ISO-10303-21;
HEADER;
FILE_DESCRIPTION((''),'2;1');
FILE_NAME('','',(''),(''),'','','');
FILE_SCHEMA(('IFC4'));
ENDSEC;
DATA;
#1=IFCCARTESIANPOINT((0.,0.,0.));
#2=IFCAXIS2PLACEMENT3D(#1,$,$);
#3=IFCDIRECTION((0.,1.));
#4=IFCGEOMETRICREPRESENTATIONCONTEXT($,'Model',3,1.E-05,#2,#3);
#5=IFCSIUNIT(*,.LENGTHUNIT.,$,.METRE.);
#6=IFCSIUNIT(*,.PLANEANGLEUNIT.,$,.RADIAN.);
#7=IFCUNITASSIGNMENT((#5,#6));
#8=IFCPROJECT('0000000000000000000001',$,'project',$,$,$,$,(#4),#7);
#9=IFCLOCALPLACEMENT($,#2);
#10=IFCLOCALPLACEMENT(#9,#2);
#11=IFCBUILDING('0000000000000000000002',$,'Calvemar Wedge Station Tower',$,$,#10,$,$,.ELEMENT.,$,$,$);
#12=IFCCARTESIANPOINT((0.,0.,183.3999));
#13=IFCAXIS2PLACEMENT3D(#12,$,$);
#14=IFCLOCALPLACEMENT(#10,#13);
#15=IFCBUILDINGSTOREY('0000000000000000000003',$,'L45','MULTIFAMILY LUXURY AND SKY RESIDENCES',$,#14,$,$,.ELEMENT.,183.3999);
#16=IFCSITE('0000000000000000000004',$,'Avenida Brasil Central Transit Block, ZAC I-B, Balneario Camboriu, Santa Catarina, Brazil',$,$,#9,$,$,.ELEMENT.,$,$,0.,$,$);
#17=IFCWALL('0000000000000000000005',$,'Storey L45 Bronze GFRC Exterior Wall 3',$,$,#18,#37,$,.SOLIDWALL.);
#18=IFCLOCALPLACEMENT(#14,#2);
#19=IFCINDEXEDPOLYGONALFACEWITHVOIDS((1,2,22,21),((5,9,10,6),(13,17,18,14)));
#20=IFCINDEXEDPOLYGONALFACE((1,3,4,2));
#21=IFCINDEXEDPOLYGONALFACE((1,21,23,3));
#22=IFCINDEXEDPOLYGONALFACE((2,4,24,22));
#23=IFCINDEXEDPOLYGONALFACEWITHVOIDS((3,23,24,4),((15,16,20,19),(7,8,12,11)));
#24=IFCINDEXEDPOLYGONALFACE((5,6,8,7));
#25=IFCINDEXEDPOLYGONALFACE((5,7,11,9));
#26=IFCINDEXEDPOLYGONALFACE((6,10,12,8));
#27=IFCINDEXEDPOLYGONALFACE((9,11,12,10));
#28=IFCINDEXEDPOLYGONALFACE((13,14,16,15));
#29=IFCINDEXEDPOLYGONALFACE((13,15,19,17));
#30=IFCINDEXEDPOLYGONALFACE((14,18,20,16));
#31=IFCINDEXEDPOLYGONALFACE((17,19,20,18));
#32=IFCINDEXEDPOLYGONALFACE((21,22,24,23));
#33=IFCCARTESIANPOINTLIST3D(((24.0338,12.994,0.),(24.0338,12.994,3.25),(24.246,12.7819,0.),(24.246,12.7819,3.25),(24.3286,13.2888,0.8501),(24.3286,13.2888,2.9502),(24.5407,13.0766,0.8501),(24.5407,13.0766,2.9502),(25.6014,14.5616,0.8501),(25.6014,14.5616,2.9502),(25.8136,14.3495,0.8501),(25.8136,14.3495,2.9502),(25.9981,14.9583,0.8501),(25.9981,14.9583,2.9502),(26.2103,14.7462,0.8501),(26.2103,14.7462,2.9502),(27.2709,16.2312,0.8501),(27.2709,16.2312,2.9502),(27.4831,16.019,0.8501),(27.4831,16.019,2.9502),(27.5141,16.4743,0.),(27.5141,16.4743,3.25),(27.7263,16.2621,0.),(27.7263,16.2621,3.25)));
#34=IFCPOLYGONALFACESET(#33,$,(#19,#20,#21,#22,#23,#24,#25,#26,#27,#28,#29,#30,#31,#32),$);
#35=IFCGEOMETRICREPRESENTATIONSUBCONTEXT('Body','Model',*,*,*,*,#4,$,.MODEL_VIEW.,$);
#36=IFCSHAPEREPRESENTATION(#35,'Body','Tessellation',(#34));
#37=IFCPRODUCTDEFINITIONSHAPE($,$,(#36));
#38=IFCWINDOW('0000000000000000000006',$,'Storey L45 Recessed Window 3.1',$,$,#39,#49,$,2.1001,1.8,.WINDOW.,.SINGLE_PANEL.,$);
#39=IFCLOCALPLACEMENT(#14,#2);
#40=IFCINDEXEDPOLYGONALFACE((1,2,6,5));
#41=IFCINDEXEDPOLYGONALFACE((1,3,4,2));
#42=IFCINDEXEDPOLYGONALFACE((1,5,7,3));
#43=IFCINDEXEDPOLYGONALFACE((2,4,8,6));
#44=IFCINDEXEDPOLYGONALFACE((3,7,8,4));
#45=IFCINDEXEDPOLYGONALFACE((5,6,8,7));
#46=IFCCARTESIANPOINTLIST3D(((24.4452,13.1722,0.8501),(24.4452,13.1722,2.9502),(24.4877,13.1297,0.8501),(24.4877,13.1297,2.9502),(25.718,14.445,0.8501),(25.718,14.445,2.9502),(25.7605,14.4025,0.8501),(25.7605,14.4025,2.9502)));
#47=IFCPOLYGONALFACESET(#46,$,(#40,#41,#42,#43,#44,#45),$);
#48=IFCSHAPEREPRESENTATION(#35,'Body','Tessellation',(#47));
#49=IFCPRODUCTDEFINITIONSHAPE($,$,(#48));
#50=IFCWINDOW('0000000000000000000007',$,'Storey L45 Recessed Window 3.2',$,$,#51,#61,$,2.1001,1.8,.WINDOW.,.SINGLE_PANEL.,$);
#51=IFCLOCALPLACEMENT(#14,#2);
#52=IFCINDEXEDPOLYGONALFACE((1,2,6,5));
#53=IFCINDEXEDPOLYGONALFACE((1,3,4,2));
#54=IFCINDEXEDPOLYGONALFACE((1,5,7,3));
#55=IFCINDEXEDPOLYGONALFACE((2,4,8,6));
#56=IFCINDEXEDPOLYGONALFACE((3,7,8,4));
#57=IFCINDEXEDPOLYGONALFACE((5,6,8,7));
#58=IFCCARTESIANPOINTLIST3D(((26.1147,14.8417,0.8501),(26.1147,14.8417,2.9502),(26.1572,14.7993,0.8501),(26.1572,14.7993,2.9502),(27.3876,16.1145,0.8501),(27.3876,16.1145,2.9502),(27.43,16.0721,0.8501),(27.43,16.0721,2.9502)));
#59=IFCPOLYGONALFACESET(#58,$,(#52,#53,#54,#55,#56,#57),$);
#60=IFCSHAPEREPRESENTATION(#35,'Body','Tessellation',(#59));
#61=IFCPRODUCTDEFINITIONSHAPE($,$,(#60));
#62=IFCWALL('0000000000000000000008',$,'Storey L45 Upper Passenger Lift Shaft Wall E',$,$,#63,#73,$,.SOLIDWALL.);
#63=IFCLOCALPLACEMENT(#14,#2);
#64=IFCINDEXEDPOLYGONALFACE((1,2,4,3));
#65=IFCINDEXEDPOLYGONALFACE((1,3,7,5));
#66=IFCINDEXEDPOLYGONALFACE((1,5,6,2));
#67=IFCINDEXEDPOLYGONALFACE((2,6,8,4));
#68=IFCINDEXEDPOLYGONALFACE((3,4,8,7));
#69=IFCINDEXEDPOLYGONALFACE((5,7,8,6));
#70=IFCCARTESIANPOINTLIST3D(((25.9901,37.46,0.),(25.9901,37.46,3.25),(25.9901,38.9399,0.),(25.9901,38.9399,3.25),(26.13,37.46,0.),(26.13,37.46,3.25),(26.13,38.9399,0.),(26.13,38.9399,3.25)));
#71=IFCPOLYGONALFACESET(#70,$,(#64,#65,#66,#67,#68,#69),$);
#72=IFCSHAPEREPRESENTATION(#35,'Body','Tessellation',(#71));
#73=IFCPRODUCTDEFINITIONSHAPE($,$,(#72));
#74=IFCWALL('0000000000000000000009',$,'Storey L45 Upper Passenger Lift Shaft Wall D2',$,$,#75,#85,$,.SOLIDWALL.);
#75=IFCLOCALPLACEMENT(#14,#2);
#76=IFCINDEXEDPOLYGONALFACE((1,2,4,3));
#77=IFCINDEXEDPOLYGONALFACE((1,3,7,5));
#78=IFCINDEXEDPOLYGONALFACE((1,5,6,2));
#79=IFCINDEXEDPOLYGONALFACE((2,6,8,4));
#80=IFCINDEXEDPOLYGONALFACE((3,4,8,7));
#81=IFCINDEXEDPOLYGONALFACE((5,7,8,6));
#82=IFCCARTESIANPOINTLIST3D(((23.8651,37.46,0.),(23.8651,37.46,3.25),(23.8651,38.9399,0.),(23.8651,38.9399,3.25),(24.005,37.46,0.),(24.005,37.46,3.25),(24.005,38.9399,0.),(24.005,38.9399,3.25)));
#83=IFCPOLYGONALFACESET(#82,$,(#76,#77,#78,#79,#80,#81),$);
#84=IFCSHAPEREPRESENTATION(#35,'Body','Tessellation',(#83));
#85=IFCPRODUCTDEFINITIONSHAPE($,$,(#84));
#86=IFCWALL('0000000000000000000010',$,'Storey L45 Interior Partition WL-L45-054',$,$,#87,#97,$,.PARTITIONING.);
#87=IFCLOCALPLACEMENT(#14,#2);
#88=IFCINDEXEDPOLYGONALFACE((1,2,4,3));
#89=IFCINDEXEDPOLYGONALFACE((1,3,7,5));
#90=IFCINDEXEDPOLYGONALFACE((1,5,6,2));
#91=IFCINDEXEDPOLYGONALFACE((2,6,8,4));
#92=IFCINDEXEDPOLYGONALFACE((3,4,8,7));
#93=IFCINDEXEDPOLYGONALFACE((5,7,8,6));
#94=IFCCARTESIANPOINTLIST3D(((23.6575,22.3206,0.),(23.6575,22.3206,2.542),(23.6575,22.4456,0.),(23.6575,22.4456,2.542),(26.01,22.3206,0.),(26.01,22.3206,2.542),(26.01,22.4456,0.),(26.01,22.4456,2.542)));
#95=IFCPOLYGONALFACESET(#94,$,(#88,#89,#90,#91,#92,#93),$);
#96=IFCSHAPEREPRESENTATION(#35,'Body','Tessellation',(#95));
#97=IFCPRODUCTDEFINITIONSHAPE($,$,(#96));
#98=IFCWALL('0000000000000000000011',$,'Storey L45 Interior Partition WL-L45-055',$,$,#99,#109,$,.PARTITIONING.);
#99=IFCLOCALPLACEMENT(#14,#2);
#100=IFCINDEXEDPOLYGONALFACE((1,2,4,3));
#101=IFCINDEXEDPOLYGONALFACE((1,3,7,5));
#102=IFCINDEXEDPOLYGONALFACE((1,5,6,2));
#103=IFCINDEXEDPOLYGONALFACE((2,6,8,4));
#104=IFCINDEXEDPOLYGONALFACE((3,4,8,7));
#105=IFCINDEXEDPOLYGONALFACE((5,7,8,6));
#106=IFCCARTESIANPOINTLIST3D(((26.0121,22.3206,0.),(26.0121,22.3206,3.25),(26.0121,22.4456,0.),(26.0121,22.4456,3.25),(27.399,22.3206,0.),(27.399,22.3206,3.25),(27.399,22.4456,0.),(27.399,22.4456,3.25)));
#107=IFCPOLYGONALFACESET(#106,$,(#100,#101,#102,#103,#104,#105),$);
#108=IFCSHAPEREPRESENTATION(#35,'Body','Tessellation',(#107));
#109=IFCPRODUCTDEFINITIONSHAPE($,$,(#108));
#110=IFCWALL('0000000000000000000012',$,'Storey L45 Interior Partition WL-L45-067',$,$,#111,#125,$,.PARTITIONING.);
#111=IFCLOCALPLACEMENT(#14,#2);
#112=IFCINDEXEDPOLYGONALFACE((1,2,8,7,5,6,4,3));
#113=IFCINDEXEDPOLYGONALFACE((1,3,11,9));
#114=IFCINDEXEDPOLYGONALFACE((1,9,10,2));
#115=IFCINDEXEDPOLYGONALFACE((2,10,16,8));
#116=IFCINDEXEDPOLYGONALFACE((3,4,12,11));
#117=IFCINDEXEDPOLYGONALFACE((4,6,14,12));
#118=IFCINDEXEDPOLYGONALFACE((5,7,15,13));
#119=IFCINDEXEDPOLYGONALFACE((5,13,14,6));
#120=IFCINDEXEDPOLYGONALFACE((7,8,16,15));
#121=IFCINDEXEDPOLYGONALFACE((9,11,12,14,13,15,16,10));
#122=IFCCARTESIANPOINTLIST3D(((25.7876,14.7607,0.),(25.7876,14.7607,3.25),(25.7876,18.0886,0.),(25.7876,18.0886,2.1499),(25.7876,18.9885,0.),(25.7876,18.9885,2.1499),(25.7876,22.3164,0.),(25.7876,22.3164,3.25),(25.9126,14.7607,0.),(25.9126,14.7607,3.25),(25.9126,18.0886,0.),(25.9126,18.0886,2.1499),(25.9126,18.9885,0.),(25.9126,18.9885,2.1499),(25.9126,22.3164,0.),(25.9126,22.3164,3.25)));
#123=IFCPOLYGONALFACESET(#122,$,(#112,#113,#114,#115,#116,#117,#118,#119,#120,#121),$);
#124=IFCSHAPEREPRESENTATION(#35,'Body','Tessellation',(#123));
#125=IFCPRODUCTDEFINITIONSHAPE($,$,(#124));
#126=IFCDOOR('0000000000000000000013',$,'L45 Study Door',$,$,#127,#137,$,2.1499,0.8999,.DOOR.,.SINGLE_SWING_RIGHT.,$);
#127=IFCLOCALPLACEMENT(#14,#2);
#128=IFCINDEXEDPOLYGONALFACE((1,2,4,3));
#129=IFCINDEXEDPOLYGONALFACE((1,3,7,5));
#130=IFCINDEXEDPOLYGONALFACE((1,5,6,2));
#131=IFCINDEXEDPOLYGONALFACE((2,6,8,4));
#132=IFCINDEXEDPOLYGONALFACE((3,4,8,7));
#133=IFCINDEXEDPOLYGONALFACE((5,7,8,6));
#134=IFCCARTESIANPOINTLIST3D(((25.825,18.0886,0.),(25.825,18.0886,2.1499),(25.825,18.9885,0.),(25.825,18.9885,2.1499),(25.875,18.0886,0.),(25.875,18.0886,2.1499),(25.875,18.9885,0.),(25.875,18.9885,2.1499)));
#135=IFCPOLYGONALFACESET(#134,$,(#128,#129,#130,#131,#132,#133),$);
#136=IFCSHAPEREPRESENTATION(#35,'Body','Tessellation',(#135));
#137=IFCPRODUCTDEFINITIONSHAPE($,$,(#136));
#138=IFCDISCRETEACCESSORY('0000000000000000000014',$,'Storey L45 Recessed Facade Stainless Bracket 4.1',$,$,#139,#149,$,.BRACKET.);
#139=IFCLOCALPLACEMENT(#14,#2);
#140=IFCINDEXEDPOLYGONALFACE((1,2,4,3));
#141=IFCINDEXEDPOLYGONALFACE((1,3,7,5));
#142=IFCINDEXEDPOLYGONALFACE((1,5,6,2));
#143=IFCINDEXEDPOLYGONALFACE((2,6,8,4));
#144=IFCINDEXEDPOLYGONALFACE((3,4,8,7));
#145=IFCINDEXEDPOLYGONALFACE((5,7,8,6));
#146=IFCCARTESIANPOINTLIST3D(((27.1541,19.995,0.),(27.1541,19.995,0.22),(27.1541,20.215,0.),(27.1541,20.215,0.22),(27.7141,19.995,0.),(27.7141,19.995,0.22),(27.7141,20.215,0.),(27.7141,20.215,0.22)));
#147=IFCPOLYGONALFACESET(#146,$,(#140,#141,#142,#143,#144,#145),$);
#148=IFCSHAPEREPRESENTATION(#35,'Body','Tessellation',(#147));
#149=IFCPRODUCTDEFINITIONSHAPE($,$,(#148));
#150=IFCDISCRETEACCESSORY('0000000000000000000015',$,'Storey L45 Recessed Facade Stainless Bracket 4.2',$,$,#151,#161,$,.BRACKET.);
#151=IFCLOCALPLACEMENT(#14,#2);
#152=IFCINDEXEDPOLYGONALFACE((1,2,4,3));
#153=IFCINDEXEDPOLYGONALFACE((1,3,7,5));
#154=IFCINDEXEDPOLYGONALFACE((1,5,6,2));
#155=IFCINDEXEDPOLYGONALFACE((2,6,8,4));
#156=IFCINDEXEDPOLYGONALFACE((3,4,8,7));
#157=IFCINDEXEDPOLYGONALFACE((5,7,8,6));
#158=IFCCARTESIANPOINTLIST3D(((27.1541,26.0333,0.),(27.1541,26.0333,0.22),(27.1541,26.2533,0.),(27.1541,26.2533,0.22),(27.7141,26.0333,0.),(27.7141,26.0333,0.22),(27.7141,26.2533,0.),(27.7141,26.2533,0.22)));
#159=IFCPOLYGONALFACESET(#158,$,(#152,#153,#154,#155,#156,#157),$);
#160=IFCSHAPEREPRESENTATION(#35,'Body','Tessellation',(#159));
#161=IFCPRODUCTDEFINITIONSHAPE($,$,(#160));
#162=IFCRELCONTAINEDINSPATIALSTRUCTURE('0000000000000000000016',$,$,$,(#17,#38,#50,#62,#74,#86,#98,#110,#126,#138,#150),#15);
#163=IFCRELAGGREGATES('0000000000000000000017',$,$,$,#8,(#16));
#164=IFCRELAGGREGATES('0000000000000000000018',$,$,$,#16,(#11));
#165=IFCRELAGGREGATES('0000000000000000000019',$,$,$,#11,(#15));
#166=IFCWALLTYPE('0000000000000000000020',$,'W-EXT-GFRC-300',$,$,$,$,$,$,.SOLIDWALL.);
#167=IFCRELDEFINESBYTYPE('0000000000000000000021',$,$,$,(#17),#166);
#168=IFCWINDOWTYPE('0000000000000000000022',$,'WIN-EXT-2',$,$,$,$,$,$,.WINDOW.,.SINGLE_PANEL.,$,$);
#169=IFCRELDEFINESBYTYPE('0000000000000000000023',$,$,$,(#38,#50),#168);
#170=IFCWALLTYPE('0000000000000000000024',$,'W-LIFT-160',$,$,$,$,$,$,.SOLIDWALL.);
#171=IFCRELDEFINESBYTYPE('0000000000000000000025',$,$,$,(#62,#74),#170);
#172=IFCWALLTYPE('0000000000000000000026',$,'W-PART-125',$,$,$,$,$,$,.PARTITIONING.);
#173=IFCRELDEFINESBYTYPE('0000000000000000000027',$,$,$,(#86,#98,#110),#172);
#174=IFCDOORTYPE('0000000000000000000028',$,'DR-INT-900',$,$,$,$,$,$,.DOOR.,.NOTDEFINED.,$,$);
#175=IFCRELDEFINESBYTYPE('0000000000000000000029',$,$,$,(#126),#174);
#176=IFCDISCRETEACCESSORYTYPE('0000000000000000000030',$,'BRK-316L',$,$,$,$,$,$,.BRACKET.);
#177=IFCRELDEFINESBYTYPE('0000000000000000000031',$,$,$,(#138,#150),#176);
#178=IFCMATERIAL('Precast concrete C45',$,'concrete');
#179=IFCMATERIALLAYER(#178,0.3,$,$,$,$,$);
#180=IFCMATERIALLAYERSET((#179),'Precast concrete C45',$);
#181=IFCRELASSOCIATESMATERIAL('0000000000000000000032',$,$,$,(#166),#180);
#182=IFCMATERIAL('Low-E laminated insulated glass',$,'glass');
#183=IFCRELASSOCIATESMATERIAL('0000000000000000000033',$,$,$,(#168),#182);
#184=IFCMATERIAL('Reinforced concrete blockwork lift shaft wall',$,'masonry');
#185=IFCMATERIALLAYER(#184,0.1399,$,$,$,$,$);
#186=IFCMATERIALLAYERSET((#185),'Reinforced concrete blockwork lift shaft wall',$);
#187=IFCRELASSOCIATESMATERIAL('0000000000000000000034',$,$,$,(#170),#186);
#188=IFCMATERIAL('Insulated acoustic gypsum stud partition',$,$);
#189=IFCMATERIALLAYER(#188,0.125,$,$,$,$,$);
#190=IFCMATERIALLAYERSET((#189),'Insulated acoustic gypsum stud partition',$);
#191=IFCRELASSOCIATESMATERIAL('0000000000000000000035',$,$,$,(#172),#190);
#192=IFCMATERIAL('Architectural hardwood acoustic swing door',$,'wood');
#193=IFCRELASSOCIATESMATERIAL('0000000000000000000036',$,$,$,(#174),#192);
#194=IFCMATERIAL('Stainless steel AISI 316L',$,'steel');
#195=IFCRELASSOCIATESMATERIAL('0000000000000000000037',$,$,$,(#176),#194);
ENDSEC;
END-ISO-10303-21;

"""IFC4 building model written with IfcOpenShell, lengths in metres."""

from ifc_helpers import new_model, si_unit, direction, frame, frame_2d, origin, origin_2d, place, context, subcontext, project, spatial, rectangle, extrude, source, transform, mapped, material, layer, layer_set, type_object, element, fill, save


model = new_model("IFC4")

# Units and contexts
model_context = context("Model", 3, precision=1e-05, world=origin(), true_north=direction((0.0, 1.0)))
body_context = subcontext(model_context, "Body", "Model", "MODEL_VIEW")
ifc_project = project(units=[si_unit("LENGTHUNIT", "METRE"), si_unit("PLANEANGLEUNIT", "RADIAN")], contexts=[model_context])

# Site, building, storey
site_placement = place(None, origin())
site = spatial("IfcSite", under=ifc_project, at=site_placement, Name="Avenida Brasil Central Transit Block, ZAC I-B, Balneario Camboriu, Santa Catarina, Brazil", CompositionType="ELEMENT", RefElevation=0.0)
building_placement = place(site_placement, origin())
building = spatial("IfcBuilding", under=site, at=building_placement, Name="Calvemar Wedge Station Tower", CompositionType="ELEMENT")
storey_placement = place(building_placement, frame((0.0, 0.0, 183.3999)))
storey = spatial("IfcBuildingStorey", under=building, at=storey_placement, Name="L45", Description="MULTIFAMILY LUXURY AND SKY RESIDENCES", CompositionType="ELEMENT", Elevation=183.3999)

# Shared definitions
ifc_material_1 = material(Name="Low-E laminated insulated glass", Category="glass")

# Wall, openings, windows
ifc_material_2 = material(Name="Precast concrete C45", Category="concrete")
ifc_layer_1 = layer(ifc_material_2, 0.3)
ifc_layer_set_1 = layer_set([ifc_layer_1], Name="Precast concrete C45")
wall_type_1 = type_object("IfcWallType", Name="W-EXT-GFRC-300", PredefinedType="SOLIDWALL", material=ifc_layer_set_1)
wall_1_placement = place(storey_placement, frame((24.1399, 12.8879, 0.0), z_axis=(0.0, 0.0, 1.0), x_axis=(0.707107, 0.707107, 0.0)))
wall_1 = element("IfcWall", 1, at=wall_1_placement, inside=storey, type_object=wall_type_1, Name="Storey L45 Bronze GFRC Exterior Wall 3", PredefinedType="SOLIDWALL", context=body_context, shape_type="SweptSolid", body=[
    extrude(rectangle(XDim=4.9219, YDim=0.3, at=frame_2d((2.4609, 0.0))), origin(), (0.0, 0.0, 1.0), 3.25),
])
shared_shape_1 = source(origin(), body_context, "Body", "SweptSolid", [
    extrude(rectangle(XDim=1.8, YDim=2.1001, at=frame_2d((0.8999, 1.05))), frame((0.0, 0.1602, 0.0), z_axis=(0.0, -1.0, 0.0), x_axis=(1.0, 0.0, 0.0)), (0.0, 0.0, 1.0), 0.3201),
])
opening_1_placement = place(wall_1_placement, frame((0.417, 0.0, 0.8501)))
opening_1 = element("IfcOpeningElement", 2, at=opening_1_placement, cuts=wall_1, PredefinedType="OPENING", context=body_context, shape_type="MappedRepresentation", body=[
    mapped(shared_shape_1, transform((0.0, 0.0, 0.0), scale=1.0)),
])
opening_2_placement = place(wall_1_placement, frame((2.7781, 0.0, 0.8501)))
opening_2 = element("IfcOpeningElement", 3, at=opening_2_placement, cuts=wall_1, PredefinedType="OPENING", context=body_context, shape_type="MappedRepresentation", body=[
    mapped(shared_shape_1, transform((0.0, 0.0, 0.0), scale=1.0)),
])
window_type = type_object("IfcWindowType", Name="WIN-EXT-2", PartitioningType="SINGLE_PANEL", PredefinedType="WINDOW", material=ifc_material_1)
shared_shape_2 = source(origin(), body_context, "Body", "SweptSolid", [
    extrude(rectangle(XDim=1.8, YDim=2.1001, at=frame_2d((0.8999, 1.05))), frame((0.0, -0.0149, 0.0), z_axis=(0.0, -1.0, 0.0), x_axis=(1.0, 0.0, 0.0)), (0.0, 0.0, 1.0), 0.0601),
])
window_1_placement = place(opening_1_placement, origin())
window_1 = element("IfcWindow", 4, at=window_1_placement, inside=storey, type_object=window_type, Name="Storey L45 Recessed Window 3.1", OverallHeight=2.1001, OverallWidth=1.8, PartitioningType="SINGLE_PANEL", PredefinedType="WINDOW", context=body_context, shape_type="MappedRepresentation", body=[
    mapped(shared_shape_2, transform((0.0, 0.0, 0.0), scale=1.0)),
])
fill(opening_1, window_1)
window_2_placement = place(opening_2_placement, origin())
window_2 = element("IfcWindow", 5, at=window_2_placement, inside=storey, type_object=window_type, Name="Storey L45 Recessed Window 3.2", OverallHeight=2.1001, OverallWidth=1.8, PartitioningType="SINGLE_PANEL", PredefinedType="WINDOW", context=body_context, shape_type="MappedRepresentation", body=[
    mapped(shared_shape_2, transform((0.0, 0.0, 0.0), scale=1.0)),
])
fill(opening_2, window_2)

# Walls
ifc_material_3 = material(Name="Reinforced concrete blockwork lift shaft wall", Category="masonry")
ifc_layer_2 = layer(ifc_material_3, 0.1399)
ifc_layer_set_2 = layer_set([ifc_layer_2], Name="Reinforced concrete blockwork lift shaft wall")
wall_type_2 = type_object("IfcWallType", Name="W-LIFT-160", PredefinedType="SOLIDWALL", material=ifc_layer_set_2)
for number, where, z_axis, x_axis, name in (
    (6, (26.0601, 37.46, 0.0), (0.0, 0.0, 1.0), (0.0, 1.0, 0.0), "Storey L45 Upper Passenger Lift Shaft Wall E"),
    (7, (23.9351, 37.46, 0.0), (0.0, 0.0, 1.0), (0.0, 1.0, 0.0), "Storey L45 Upper Passenger Lift Shaft Wall D2"),
):
    element("IfcWall", number, at=place(storey_placement, frame(where, z_axis=z_axis, x_axis=x_axis)), inside=storey, type_object=wall_type_2, Name=name, PredefinedType="SOLIDWALL", context=body_context, shape_type="SweptSolid", body=[
        extrude(rectangle(XDim=1.48, YDim=0.1399, at=frame_2d((0.74, 0.0))), origin(), (0.0, 0.0, 1.0), 3.25),
    ])
ifc_material_4 = material(Name="Insulated acoustic gypsum stud partition")
ifc_layer_3 = layer(ifc_material_4, 0.125)
ifc_layer_set_3 = layer_set([ifc_layer_3], Name="Insulated acoustic gypsum stud partition")
wall_type_3 = type_object("IfcWallType", Name="W-PART-125", PredefinedType="PARTITIONING", material=ifc_layer_set_3)
wall_2_placement = place(storey_placement, frame((26.01, 22.3831, 0.0), z_axis=(0.0, 0.0, 1.0), x_axis=(-1.0, 0.0, 0.0)))
element("IfcWall", 8, at=wall_2_placement, inside=storey, type_object=wall_type_3, Name="Storey L45 Interior Partition WL-L45-054", PredefinedType="PARTITIONING", context=body_context, shape_type="SweptSolid", body=[
    extrude(rectangle(XDim=2.3525, YDim=0.125, at=frame_2d((1.1763, 0.0))), origin(), (0.0, 0.0, 1.0), 2.542),
])
wall_3_placement = place(storey_placement, frame((27.3989, 22.3831, 0.0), z_axis=(0.0, 0.0, 1.0), x_axis=(-1.0, 0.0, 0.0)))
element("IfcWall", 9, at=wall_3_placement, inside=storey, type_object=wall_type_3, Name="Storey L45 Interior Partition WL-L45-055", PredefinedType="PARTITIONING", context=body_context, shape_type="SweptSolid", body=[
    extrude(rectangle(XDim=1.387, YDim=0.125, at=frame_2d((0.6934, 0.0))), origin(), (0.0, 0.0, 1.0), 3.25),
])

# Wall, opening, door
wall_4_placement = place(storey_placement, frame((25.8501, 22.3164, 0.0), z_axis=(0.0, 0.0, 1.0), x_axis=(0.0, -1.0, 0.0)))
wall_4 = element("IfcWall", 10, at=wall_4_placement, inside=storey, type_object=wall_type_3, Name="Storey L45 Interior Partition WL-L45-067", PredefinedType="PARTITIONING", context=body_context, shape_type="SweptSolid", body=[
    extrude(rectangle(XDim=7.5557, YDim=0.125, at=frame_2d((3.7778, 0.0))), origin(), (0.0, 0.0, 1.0), 3.25),
])
shared_shape_3 = source(origin(), body_context, "Body", "SweptSolid", [
    extrude(rectangle(XDim=0.8999, YDim=2.1499, at=frame_2d((0.45, 1.075))), frame((0.0, 0.0725, 0.0), z_axis=(0.0, -1.0, 0.0), x_axis=(1.0, 0.0, 0.0)), (0.0, 0.0, 1.0), 0.145),
])
opening_3_placement = place(wall_4_placement, frame((3.3279, 0.0, 0.0)))
opening_3 = element("IfcOpeningElement", 11, at=opening_3_placement, cuts=wall_4, PredefinedType="OPENING", context=body_context, shape_type="MappedRepresentation", body=[
    mapped(shared_shape_3, transform((0.0, 0.0, 0.0), scale=1.0)),
])
ifc_material_5 = material(Name="Architectural hardwood acoustic swing door", Category="wood")
door_type_1 = type_object("IfcDoorType", Name="DR-INT-900", OperationType="NOTDEFINED", PredefinedType="DOOR", material=ifc_material_5)
shared_shape_4 = source(origin(), body_context, "Body", "SweptSolid", [
    extrude(rectangle(XDim=0.8999, YDim=2.1499, at=frame_2d((0.45, 1.075))), frame((0.0, 0.0249, 0.0), z_axis=(0.0, -1.0, 0.0), x_axis=(1.0, 0.0, 0.0)), (0.0, 0.0, 1.0), 0.05),
])
door_1_placement = place(opening_3_placement, origin())
door_1 = element("IfcDoor", 12, at=door_1_placement, inside=storey, type_object=door_type_1, Name="L45 Study Door", OperationType="SINGLE_SWING_RIGHT", OverallHeight=2.1499, OverallWidth=0.8999, PredefinedType="DOOR", context=body_context, shape_type="MappedRepresentation", body=[
    mapped(shared_shape_4, transform((0.0, 0.0, 0.0), scale=1.0)),
])
fill(opening_3, door_1)

# Discrete accessories
ifc_material_6 = material(Name="Stainless steel AISI 316L", Category="steel")
discrete_accessory_type = type_object("IfcDiscreteAccessoryType", Name="BRK-316L", PredefinedType="BRACKET", material=ifc_material_6)
shared_shape_5 = source(origin(), body_context, "Body", "SweptSolid", [
    extrude(rectangle(XDim=0.22, YDim=0.5601, at=origin_2d()), origin(), (0.0, 0.0, 1.0), 0.22),
])
for number, where, z_axis, x_axis, name in (
    (13, (27.4341, 20.105, 0.0), (0.0, 0.0, 1.0), (0.0, 1.0, 0.0), "Storey L45 Recessed Facade Stainless Bracket 4.1"),
    (14, (27.4341, 26.1433, 0.0), (0.0, 0.0, 1.0), (0.0, 1.0, 0.0), "Storey L45 Recessed Facade Stainless Bracket 4.2"),
):
    element("IfcDiscreteAccessory", number, at=place(storey_placement, frame(where, z_axis=z_axis, x_axis=x_axis)), inside=storey, type_object=discrete_accessory_type, Name=name, PredefinedType="BRACKET", context=body_context, shape_type="MappedRepresentation", body=[
        mapped(shared_shape_5, transform((0.0, 0.0, 0.0), scale=1.0)),
    ])

save(model, "model.ifc")
